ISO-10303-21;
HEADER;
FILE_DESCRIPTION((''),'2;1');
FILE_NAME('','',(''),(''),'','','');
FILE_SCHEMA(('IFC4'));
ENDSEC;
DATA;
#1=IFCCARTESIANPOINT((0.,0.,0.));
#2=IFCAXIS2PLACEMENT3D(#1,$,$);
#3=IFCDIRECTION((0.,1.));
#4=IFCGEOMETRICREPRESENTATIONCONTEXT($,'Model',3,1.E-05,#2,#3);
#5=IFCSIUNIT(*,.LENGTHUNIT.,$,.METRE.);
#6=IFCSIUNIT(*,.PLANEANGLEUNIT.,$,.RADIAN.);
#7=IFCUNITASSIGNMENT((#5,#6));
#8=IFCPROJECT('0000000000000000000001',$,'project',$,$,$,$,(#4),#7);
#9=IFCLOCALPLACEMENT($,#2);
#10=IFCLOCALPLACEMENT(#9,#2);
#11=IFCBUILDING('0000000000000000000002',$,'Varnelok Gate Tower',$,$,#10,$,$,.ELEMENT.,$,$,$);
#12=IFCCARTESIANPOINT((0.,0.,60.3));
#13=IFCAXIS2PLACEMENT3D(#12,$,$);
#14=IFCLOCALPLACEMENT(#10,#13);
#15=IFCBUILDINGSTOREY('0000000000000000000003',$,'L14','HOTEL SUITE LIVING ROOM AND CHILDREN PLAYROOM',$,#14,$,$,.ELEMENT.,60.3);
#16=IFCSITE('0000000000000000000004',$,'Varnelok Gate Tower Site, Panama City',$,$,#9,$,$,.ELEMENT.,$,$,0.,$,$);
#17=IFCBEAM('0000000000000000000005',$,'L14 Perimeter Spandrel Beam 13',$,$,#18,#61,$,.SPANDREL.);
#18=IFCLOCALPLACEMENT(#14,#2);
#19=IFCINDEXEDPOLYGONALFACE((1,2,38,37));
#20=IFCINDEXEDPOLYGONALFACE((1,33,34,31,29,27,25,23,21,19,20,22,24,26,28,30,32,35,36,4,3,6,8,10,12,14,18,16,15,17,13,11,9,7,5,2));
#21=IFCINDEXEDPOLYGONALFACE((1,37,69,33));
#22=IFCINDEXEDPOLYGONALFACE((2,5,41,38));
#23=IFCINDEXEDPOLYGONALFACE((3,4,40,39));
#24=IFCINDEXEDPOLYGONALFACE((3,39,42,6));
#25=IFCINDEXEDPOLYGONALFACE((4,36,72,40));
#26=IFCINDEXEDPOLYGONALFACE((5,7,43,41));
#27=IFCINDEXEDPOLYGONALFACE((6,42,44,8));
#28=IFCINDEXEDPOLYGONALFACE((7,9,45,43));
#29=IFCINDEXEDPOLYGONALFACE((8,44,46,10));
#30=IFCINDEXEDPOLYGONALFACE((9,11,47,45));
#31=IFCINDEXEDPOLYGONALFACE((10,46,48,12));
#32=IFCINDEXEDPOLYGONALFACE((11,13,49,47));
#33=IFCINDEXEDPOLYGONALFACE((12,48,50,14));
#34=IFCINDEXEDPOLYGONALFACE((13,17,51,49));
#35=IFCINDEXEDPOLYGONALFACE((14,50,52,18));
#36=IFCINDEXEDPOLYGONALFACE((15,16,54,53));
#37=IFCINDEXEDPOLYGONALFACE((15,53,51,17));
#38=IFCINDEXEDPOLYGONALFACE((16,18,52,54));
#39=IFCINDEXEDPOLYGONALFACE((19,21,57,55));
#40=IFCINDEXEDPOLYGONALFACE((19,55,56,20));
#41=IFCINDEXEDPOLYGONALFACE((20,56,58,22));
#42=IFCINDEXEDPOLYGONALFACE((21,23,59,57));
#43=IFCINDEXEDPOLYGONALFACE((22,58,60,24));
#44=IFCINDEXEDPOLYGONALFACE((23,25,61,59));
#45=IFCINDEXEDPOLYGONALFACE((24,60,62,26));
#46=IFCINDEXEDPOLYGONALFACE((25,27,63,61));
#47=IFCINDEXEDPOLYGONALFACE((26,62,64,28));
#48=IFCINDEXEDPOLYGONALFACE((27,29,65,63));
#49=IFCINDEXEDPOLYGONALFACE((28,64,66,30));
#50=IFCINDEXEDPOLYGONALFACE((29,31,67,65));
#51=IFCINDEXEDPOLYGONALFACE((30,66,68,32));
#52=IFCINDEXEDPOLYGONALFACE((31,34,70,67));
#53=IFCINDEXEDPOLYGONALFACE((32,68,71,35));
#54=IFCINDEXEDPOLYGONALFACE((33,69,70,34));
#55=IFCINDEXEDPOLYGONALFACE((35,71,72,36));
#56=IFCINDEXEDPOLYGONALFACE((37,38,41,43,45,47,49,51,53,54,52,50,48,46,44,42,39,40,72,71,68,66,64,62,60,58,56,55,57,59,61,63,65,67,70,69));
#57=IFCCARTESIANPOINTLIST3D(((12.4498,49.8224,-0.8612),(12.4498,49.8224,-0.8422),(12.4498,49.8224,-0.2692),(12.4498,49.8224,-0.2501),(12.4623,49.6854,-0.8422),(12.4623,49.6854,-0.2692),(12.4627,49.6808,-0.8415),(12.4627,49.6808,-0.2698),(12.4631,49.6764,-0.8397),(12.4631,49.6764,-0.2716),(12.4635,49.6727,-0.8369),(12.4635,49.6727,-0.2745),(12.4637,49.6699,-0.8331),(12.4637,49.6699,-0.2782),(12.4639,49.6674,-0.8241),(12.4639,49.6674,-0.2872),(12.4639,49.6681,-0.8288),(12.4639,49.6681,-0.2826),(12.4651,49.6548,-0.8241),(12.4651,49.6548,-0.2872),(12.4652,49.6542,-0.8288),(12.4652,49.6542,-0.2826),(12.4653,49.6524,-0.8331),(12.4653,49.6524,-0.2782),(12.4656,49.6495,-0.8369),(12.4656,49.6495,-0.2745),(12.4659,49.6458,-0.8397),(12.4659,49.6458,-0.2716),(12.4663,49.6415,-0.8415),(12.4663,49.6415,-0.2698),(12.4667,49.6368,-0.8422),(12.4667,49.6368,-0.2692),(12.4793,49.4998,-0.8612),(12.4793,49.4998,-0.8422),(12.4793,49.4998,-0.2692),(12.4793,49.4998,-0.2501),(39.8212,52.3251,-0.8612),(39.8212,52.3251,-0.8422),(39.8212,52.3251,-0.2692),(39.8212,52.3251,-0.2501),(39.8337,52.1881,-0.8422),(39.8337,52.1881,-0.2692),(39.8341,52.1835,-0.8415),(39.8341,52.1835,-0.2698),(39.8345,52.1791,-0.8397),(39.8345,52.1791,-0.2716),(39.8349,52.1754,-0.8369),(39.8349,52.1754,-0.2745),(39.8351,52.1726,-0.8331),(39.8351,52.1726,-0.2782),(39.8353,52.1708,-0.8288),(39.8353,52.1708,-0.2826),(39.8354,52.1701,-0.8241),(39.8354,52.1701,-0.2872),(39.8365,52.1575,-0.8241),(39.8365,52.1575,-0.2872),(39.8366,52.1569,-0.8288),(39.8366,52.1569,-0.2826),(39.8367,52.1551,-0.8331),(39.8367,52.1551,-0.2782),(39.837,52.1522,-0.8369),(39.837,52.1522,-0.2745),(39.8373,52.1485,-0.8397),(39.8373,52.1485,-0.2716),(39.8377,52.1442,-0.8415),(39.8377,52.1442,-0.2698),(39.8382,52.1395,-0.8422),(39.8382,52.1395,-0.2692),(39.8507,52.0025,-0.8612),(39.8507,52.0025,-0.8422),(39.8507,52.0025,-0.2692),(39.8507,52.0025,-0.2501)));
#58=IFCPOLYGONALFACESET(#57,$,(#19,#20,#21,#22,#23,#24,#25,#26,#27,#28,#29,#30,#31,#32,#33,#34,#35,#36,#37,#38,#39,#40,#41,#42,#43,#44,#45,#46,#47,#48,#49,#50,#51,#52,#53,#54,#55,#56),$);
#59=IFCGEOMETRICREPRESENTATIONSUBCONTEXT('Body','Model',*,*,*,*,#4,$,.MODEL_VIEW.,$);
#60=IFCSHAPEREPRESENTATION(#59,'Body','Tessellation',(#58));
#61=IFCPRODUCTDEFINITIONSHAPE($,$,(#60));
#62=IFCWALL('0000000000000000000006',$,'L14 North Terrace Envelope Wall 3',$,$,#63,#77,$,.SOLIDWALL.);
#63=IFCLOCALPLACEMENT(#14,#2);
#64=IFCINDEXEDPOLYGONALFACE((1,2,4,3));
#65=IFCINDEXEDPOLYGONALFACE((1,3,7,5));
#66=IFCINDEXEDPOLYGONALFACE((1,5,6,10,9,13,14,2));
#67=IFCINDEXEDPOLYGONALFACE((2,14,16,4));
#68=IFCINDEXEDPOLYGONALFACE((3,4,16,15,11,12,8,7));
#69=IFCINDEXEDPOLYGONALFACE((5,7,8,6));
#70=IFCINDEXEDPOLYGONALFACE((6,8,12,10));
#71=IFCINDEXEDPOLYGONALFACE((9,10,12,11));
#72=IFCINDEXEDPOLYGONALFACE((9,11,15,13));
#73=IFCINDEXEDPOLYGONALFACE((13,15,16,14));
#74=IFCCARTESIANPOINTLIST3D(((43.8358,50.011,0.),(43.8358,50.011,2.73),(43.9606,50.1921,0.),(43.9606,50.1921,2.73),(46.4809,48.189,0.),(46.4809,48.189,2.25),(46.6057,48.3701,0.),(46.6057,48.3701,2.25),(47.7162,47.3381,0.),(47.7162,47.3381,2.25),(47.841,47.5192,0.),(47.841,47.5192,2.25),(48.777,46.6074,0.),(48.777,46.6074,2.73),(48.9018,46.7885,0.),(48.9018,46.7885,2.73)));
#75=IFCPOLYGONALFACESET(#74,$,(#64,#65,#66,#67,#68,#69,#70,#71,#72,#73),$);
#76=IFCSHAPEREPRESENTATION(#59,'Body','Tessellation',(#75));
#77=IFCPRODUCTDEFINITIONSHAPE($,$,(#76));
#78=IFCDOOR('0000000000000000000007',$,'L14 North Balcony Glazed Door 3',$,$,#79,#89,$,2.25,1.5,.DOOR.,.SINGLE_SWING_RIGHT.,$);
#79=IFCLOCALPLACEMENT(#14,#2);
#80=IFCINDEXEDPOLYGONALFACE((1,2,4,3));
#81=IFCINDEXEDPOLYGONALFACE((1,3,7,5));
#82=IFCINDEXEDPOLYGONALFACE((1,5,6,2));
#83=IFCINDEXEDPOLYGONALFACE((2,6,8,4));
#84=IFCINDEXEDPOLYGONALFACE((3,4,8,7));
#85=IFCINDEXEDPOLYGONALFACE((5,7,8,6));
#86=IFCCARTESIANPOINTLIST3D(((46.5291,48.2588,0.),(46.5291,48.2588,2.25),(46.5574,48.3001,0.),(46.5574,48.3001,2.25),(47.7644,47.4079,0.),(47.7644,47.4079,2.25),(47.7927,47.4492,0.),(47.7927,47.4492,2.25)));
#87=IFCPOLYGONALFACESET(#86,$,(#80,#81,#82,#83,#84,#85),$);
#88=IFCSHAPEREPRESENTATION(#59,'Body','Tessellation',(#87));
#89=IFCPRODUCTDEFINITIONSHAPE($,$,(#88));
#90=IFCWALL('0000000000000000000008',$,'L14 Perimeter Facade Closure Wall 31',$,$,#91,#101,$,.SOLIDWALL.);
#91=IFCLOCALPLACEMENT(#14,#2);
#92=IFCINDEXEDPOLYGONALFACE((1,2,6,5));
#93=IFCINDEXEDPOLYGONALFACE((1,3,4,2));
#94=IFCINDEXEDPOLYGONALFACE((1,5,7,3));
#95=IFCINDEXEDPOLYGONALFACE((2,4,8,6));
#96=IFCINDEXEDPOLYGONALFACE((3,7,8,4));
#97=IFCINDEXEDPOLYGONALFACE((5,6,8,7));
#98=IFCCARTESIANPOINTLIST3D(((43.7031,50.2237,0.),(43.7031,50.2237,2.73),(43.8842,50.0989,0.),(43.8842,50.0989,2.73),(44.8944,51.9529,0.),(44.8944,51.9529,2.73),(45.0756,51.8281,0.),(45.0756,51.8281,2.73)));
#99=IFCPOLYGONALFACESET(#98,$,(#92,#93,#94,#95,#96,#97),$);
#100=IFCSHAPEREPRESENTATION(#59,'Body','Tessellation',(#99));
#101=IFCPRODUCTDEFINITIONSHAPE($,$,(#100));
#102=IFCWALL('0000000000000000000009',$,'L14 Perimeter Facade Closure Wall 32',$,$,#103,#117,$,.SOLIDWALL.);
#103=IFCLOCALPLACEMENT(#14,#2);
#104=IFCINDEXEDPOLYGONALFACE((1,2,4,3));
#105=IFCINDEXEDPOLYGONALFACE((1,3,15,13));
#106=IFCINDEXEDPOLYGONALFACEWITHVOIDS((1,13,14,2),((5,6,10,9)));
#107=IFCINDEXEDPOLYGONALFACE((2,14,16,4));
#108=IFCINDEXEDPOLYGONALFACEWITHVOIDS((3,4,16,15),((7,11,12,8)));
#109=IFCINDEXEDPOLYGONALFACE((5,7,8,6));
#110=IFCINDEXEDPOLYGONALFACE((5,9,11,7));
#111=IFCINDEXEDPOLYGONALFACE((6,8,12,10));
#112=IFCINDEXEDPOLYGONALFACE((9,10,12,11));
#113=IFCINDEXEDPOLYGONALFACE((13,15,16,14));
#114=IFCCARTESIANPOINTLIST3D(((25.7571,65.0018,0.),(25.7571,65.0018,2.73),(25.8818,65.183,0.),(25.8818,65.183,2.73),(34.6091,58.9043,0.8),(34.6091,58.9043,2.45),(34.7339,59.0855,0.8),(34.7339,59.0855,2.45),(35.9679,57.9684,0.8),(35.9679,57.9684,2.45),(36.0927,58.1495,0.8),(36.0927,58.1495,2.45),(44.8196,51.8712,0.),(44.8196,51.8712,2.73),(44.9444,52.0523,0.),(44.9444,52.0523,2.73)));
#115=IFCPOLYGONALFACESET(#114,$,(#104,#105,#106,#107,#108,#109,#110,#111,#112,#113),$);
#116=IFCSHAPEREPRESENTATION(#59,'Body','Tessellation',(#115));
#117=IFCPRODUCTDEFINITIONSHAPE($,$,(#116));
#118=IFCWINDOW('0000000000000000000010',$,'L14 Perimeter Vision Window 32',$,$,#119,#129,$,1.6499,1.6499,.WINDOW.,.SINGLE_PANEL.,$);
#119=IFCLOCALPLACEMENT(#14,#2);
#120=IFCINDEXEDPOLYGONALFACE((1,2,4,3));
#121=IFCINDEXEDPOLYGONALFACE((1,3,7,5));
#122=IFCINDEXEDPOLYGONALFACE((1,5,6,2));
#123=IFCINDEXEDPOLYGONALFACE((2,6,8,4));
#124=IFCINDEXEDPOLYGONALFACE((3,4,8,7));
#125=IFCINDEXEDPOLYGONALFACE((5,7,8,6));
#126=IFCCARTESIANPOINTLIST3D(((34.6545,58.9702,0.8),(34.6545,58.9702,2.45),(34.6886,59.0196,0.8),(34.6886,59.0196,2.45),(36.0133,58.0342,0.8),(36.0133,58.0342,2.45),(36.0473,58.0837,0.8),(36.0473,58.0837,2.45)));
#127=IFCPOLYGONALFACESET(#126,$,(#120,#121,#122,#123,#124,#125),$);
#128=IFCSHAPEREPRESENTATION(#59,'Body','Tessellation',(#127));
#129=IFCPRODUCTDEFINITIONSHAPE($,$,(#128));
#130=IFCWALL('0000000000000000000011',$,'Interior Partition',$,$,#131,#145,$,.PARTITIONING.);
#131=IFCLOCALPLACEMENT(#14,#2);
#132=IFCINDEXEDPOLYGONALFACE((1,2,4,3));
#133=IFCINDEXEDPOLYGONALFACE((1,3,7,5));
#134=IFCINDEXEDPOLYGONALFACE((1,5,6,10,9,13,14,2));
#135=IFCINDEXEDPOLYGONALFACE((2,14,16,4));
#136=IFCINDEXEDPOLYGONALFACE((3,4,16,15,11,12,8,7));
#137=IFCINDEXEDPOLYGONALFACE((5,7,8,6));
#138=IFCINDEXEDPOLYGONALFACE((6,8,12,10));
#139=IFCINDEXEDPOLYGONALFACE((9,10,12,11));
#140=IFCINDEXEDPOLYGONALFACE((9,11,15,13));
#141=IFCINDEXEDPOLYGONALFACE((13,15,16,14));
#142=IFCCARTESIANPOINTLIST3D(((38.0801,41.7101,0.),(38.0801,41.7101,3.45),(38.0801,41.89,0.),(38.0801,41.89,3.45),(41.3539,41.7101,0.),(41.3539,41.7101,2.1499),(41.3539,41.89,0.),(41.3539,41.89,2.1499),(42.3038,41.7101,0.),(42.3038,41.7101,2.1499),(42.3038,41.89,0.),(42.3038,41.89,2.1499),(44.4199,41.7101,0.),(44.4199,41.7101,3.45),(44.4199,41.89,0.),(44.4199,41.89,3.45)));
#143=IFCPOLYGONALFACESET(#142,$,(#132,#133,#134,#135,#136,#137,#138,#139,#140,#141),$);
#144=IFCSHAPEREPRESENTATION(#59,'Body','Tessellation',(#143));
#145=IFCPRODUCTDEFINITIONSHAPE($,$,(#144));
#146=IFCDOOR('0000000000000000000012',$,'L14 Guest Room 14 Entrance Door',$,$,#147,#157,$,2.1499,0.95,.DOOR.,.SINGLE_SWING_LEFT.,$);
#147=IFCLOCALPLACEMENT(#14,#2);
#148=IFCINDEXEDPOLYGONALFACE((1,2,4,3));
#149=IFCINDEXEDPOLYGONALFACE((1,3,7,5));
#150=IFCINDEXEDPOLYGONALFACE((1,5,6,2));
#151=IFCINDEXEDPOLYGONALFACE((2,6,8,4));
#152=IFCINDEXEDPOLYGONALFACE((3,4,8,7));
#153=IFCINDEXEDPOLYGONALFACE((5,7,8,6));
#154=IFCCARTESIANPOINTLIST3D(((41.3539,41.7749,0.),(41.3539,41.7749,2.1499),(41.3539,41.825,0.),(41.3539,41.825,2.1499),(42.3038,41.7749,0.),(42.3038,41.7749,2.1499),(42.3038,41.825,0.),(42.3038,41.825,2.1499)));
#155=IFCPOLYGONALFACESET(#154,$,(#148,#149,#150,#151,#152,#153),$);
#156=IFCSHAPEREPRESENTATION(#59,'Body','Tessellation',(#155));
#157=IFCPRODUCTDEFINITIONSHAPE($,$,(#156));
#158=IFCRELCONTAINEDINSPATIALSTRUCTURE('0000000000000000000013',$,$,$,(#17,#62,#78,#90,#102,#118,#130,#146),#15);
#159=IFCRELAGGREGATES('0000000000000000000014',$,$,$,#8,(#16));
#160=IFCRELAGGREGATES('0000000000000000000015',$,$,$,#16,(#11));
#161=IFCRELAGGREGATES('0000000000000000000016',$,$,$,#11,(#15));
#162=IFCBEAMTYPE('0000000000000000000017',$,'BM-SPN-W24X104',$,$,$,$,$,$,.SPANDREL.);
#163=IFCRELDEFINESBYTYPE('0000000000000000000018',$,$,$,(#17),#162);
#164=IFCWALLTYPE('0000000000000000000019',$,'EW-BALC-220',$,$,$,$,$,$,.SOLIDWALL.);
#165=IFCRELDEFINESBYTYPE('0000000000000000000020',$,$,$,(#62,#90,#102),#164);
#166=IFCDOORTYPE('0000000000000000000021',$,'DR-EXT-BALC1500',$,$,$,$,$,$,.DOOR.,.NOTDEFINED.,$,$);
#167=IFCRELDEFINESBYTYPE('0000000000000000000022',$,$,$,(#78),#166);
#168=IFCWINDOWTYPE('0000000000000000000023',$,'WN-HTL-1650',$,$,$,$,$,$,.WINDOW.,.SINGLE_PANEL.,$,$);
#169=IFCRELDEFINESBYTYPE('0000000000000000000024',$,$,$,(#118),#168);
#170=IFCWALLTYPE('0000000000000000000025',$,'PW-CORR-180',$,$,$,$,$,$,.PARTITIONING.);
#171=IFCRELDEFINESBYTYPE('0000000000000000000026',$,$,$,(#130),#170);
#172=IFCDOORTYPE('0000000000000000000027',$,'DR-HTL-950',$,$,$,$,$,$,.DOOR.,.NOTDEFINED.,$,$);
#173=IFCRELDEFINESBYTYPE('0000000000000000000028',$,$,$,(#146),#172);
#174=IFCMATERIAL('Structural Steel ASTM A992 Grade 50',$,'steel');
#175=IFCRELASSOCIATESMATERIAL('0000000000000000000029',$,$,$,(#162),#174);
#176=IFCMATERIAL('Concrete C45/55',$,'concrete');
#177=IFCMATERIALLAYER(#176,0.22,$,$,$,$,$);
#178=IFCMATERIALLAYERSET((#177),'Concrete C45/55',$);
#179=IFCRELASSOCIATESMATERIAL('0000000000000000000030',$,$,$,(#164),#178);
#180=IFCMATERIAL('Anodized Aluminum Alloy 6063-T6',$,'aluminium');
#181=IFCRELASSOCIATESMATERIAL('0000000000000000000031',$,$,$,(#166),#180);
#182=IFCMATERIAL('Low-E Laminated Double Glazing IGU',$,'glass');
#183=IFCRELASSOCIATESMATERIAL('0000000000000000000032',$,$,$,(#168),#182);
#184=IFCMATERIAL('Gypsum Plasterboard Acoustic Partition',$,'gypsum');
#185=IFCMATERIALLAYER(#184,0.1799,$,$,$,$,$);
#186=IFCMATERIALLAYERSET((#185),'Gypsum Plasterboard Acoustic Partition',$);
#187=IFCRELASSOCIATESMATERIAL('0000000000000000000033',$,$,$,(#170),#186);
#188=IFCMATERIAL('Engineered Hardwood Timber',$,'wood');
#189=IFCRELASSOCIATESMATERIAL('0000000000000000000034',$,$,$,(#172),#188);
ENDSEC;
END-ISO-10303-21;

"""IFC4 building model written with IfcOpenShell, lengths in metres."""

from ifc_helpers import new_model, si_unit, direction, frame, frame_2d, origin, origin_2d, place, context, subcontext, project, spatial, rectangle, i_section, extrude, material, layer, layer_set, material_profile, profile_set, type_object, element, fill, save


model = new_model("IFC4")

# Units and contexts
model_context = context("Model", 3, precision=1e-05, world=origin(), true_north=direction((0.0, 1.0)))
body_context = subcontext(model_context, "Body", "Model", "MODEL_VIEW")
ifc_project = project(units=[si_unit("LENGTHUNIT", "METRE"), si_unit("PLANEANGLEUNIT", "RADIAN")], contexts=[model_context])

# Site, building, storey
site_placement = place(None, origin())
site = spatial("IfcSite", under=ifc_project, at=site_placement, Name="Varnelok Gate Tower Site, Panama City", CompositionType="ELEMENT", RefElevation=0.0)
building_placement = place(site_placement, origin())
building = spatial("IfcBuilding", under=site, at=building_placement, Name="Varnelok Gate Tower", CompositionType="ELEMENT")
storey_placement = place(building_placement, frame((0.0, 0.0, 60.3)))
storey = spatial("IfcBuildingStorey", under=building, at=storey_placement, Name="L14", Description="HOTEL SUITE LIVING ROOM AND CHILDREN PLAYROOM", CompositionType="ELEMENT", Elevation=60.3)

# Shared definitions
ifc_material_1 = material(Name="Structural Steel ASTM A992 Grade 50", Category="steel")

# Beam
ifc_material_profile_1 = material_profile(ifc_material_1, i_section(OverallWidth=0.324, OverallDepth=0.6111, WebThickness=0.0127, FlangeThickness=0.019, FilletRadius=0.0181, at=origin_2d()), Name="W24X104")
ifc_profile_set_1 = profile_set([ifc_material_profile_1], Name="Structural Steel ASTM A992 Grade 50")
beam_type_1 = type_object("IfcBeamType", Name="BM-SPN-W24X104", PredefinedType="SPANDREL", material=ifc_profile_set_1)
beam_1_placement = place(storey_placement, frame((39.8359, 52.1638, -0.5557), z_axis=(-0.995846, -0.091055, 0.0), x_axis=(0.091055, -0.995846, 0.0)))
element("IfcBeam", 1, at=beam_1_placement, inside=storey, type_object=beam_type_1, Name="L14 Perimeter Spandrel Beam 13", PredefinedType="SPANDREL", context=body_context, shape_type="SweptSolid", body=[
    extrude(i_section(OverallWidth=0.324, OverallDepth=0.6111, WebThickness=0.0127, FlangeThickness=0.019, FilletRadius=0.0181, at=origin_2d()), origin(), (0.0, 0.0, 1.0), 27.4856),
])

# Wall, opening, door
ifc_material_2 = material(Name="Concrete C45/55", Category="concrete")
ifc_layer_1 = layer(ifc_material_2, 0.22)
ifc_layer_set_1 = layer_set([ifc_layer_1], Name="Concrete C45/55")
wall_type_1 = type_object("IfcWallType", Name="EW-BALC-220", PredefinedType="SOLIDWALL", material=ifc_layer_set_1)
wall_1_placement = place(storey_placement, frame((43.8982, 50.1016, 0.0), z_axis=(0.0, 0.0, 1.0), x_axis=(0.823535, -0.567266, 0.0)))
wall_1 = element("IfcWall", 2, at=wall_1_placement, inside=storey, type_object=wall_type_1, Name="L14 North Terrace Envelope Wall 3", PredefinedType="SOLIDWALL", context=body_context, shape_type="SweptSolid", body=[
    extrude(rectangle(XDim=6.0, YDim=0.22, at=frame_2d((3.0, 0.0))), origin(), (0.0, 0.0, 1.0), 2.73),
])
opening_1_placement = place(wall_1_placement, frame((3.2119, 0.0, 0.0)))
opening_1 = element("IfcOpeningElement", 3, at=opening_1_placement, cuts=wall_1, PredefinedType="OPENING", context=body_context, shape_type="SweptSolid", body=[
    extrude(rectangle(XDim=1.5, YDim=2.25, at=frame_2d((0.75, 1.125))), frame((0.0, 0.1199, 0.0), z_axis=(0.0, -1.0, 0.0), x_axis=(1.0, 0.0, 0.0)), (0.0, 0.0, 1.0), 0.24),
])
ifc_material_3 = material(Name="Anodized Aluminum Alloy 6063-T6", Category="aluminium")
door_type_1 = type_object("IfcDoorType", Name="DR-EXT-BALC1500", OperationType="NOTDEFINED", PredefinedType="DOOR", material=ifc_material_3)
door_1_placement = place(opening_1_placement, origin())
door_1 = element("IfcDoor", 4, at=door_1_placement, inside=storey, type_object=door_type_1, Name="L14 North Balcony Glazed Door 3", OperationType="SINGLE_SWING_RIGHT", OverallHeight=2.25, OverallWidth=1.5, PredefinedType="DOOR", context=body_context, shape_type="SweptSolid", body=[
    extrude(rectangle(XDim=1.5, YDim=2.25, at=frame_2d((0.75, 1.125))), frame((0.0, 0.0249, 0.0), z_axis=(0.0, -1.0, 0.0), x_axis=(1.0, 0.0, 0.0)), (0.0, 0.0, 1.0), 0.05),
])
fill(opening_1, door_1)

# Wall
wall_2_placement = place(storey_placement, frame((43.7937, 50.1614, 0.0), z_axis=(0.0, 0.0, 1.0), x_axis=(0.567353, 0.823475, 0.0)))
element("IfcWall", 5, at=wall_2_placement, inside=storey, type_object=wall_type_1, Name="L14 Perimeter Facade Closure Wall 31", PredefinedType="SOLIDWALL", context=body_context, shape_type="SweptSolid", body=[
    extrude(rectangle(XDim=2.0999, YDim=0.22, at=frame_2d((1.0498, 0.0))), origin(), (0.0, 0.0, 1.0), 2.73),
])

# Wall, opening, window
wall_3_placement = place(storey_placement, frame((44.8821, 51.9617, 0.0), z_axis=(0.0, 0.0, 1.0), x_axis=(-0.823534, 0.567266, 0.0)))
wall_3 = element("IfcWall", 6, at=wall_3_placement, inside=storey, type_object=wall_type_1, Name="L14 Perimeter Facade Closure Wall 32", PredefinedType="SOLIDWALL", context=body_context, shape_type="SweptSolid", body=[
    extrude(rectangle(XDim=23.1472, YDim=0.22, at=frame_2d((11.5737, 0.0))), origin(), (0.0, 0.0, 1.0), 2.73),
])
opening_2_placement = place(wall_3_placement, frame((10.7485, 0.0, 0.8)))
opening_2 = element("IfcOpeningElement", 7, at=opening_2_placement, cuts=wall_3, PredefinedType="OPENING", context=body_context, shape_type="SweptSolid", body=[
    extrude(rectangle(XDim=1.6499, YDim=1.6499, at=frame_2d((0.825, 0.825))), frame((0.0, 0.1199, 0.0), z_axis=(0.0, -1.0, 0.0), x_axis=(1.0, 0.0, 0.0)), (0.0, 0.0, 1.0), 0.24),
])
ifc_material_4 = material(Name="Low-E Laminated Double Glazing IGU", Category="glass")
window_type = type_object("IfcWindowType", Name="WN-HTL-1650", PartitioningType="SINGLE_PANEL", PredefinedType="WINDOW", material=ifc_material_4)
window_placement = place(opening_2_placement, origin())
window = element("IfcWindow", 8, at=window_placement, inside=storey, type_object=window_type, Name="L14 Perimeter Vision Window 32", OverallHeight=1.6499, OverallWidth=1.6499, PartitioningType="SINGLE_PANEL", PredefinedType="WINDOW", context=body_context, shape_type="SweptSolid", body=[
    extrude(rectangle(XDim=1.6499, YDim=1.6499, at=frame_2d((0.825, 0.825))), frame((0.0, 0.03, 0.0), z_axis=(0.0, -1.0, 0.0), x_axis=(1.0, 0.0, 0.0)), (0.0, 0.0, 1.0), 0.0601),
])
fill(opening_2, window)

# Wall, opening, door
ifc_material_5 = material(Name="Gypsum Plasterboard Acoustic Partition", Category="gypsum")
ifc_layer_2 = layer(ifc_material_5, 0.1799)
ifc_layer_set_2 = layer_set([ifc_layer_2], Name="Gypsum Plasterboard Acoustic Partition")
wall_type_2 = type_object("IfcWallType", Name="PW-CORR-180", PredefinedType="PARTITIONING", material=ifc_layer_set_2)
wall_4_placement = place(storey_placement, frame((38.0801, 41.8, 0.0), z_axis=(0.0, 0.0, 1.0), x_axis=(1.0, 0.0, 0.0)))
wall_4 = element("IfcWall", 9, at=wall_4_placement, inside=storey, type_object=wall_type_2, Name="Interior Partition", PredefinedType="PARTITIONING", context=body_context, shape_type="SweptSolid", body=[
    extrude(rectangle(XDim=6.3398, YDim=0.1799, at=frame_2d((3.1699, 0.0))), origin(), (0.0, 0.0, 1.0), 3.45),
])
opening_3_placement = place(wall_4_placement, frame((3.2737, 0.0, 0.0)))
opening_3 = element("IfcOpeningElement", 10, at=opening_3_placement, cuts=wall_4, PredefinedType="OPENING", context=body_context, shape_type="SweptSolid", body=[
    extrude(rectangle(XDim=0.95, YDim=2.1499, at=frame_2d((0.4751, 1.075))), frame((0.0, 0.0999, 0.0), z_axis=(0.0, -1.0, 0.0), x_axis=(1.0, 0.0, 0.0)), (0.0, 0.0, 1.0), 0.2),
])
ifc_material_6 = material(Name="Engineered Hardwood Timber", Category="wood")
door_type_2 = type_object("IfcDoorType", Name="DR-HTL-950", OperationType="NOTDEFINED", PredefinedType="DOOR", material=ifc_material_6)
door_2_placement = place(opening_3_placement, origin())
door_2 = element("IfcDoor", 11, at=door_2_placement, inside=storey, type_object=door_type_2, Name="L14 Guest Room 14 Entrance Door", OperationType="SINGLE_SWING_LEFT", OverallHeight=2.1499, OverallWidth=0.95, PredefinedType="DOOR", context=body_context, shape_type="SweptSolid", body=[
    extrude(rectangle(XDim=0.95, YDim=2.1499, at=frame_2d((0.4751, 1.075))), frame((0.0, 0.0249, 0.0), z_axis=(0.0, -1.0, 0.0), x_axis=(1.0, 0.0, 0.0)), (0.0, 0.0, 1.0), 0.05),
])
fill(opening_3, door_2)

save(model, "model.ifc")
